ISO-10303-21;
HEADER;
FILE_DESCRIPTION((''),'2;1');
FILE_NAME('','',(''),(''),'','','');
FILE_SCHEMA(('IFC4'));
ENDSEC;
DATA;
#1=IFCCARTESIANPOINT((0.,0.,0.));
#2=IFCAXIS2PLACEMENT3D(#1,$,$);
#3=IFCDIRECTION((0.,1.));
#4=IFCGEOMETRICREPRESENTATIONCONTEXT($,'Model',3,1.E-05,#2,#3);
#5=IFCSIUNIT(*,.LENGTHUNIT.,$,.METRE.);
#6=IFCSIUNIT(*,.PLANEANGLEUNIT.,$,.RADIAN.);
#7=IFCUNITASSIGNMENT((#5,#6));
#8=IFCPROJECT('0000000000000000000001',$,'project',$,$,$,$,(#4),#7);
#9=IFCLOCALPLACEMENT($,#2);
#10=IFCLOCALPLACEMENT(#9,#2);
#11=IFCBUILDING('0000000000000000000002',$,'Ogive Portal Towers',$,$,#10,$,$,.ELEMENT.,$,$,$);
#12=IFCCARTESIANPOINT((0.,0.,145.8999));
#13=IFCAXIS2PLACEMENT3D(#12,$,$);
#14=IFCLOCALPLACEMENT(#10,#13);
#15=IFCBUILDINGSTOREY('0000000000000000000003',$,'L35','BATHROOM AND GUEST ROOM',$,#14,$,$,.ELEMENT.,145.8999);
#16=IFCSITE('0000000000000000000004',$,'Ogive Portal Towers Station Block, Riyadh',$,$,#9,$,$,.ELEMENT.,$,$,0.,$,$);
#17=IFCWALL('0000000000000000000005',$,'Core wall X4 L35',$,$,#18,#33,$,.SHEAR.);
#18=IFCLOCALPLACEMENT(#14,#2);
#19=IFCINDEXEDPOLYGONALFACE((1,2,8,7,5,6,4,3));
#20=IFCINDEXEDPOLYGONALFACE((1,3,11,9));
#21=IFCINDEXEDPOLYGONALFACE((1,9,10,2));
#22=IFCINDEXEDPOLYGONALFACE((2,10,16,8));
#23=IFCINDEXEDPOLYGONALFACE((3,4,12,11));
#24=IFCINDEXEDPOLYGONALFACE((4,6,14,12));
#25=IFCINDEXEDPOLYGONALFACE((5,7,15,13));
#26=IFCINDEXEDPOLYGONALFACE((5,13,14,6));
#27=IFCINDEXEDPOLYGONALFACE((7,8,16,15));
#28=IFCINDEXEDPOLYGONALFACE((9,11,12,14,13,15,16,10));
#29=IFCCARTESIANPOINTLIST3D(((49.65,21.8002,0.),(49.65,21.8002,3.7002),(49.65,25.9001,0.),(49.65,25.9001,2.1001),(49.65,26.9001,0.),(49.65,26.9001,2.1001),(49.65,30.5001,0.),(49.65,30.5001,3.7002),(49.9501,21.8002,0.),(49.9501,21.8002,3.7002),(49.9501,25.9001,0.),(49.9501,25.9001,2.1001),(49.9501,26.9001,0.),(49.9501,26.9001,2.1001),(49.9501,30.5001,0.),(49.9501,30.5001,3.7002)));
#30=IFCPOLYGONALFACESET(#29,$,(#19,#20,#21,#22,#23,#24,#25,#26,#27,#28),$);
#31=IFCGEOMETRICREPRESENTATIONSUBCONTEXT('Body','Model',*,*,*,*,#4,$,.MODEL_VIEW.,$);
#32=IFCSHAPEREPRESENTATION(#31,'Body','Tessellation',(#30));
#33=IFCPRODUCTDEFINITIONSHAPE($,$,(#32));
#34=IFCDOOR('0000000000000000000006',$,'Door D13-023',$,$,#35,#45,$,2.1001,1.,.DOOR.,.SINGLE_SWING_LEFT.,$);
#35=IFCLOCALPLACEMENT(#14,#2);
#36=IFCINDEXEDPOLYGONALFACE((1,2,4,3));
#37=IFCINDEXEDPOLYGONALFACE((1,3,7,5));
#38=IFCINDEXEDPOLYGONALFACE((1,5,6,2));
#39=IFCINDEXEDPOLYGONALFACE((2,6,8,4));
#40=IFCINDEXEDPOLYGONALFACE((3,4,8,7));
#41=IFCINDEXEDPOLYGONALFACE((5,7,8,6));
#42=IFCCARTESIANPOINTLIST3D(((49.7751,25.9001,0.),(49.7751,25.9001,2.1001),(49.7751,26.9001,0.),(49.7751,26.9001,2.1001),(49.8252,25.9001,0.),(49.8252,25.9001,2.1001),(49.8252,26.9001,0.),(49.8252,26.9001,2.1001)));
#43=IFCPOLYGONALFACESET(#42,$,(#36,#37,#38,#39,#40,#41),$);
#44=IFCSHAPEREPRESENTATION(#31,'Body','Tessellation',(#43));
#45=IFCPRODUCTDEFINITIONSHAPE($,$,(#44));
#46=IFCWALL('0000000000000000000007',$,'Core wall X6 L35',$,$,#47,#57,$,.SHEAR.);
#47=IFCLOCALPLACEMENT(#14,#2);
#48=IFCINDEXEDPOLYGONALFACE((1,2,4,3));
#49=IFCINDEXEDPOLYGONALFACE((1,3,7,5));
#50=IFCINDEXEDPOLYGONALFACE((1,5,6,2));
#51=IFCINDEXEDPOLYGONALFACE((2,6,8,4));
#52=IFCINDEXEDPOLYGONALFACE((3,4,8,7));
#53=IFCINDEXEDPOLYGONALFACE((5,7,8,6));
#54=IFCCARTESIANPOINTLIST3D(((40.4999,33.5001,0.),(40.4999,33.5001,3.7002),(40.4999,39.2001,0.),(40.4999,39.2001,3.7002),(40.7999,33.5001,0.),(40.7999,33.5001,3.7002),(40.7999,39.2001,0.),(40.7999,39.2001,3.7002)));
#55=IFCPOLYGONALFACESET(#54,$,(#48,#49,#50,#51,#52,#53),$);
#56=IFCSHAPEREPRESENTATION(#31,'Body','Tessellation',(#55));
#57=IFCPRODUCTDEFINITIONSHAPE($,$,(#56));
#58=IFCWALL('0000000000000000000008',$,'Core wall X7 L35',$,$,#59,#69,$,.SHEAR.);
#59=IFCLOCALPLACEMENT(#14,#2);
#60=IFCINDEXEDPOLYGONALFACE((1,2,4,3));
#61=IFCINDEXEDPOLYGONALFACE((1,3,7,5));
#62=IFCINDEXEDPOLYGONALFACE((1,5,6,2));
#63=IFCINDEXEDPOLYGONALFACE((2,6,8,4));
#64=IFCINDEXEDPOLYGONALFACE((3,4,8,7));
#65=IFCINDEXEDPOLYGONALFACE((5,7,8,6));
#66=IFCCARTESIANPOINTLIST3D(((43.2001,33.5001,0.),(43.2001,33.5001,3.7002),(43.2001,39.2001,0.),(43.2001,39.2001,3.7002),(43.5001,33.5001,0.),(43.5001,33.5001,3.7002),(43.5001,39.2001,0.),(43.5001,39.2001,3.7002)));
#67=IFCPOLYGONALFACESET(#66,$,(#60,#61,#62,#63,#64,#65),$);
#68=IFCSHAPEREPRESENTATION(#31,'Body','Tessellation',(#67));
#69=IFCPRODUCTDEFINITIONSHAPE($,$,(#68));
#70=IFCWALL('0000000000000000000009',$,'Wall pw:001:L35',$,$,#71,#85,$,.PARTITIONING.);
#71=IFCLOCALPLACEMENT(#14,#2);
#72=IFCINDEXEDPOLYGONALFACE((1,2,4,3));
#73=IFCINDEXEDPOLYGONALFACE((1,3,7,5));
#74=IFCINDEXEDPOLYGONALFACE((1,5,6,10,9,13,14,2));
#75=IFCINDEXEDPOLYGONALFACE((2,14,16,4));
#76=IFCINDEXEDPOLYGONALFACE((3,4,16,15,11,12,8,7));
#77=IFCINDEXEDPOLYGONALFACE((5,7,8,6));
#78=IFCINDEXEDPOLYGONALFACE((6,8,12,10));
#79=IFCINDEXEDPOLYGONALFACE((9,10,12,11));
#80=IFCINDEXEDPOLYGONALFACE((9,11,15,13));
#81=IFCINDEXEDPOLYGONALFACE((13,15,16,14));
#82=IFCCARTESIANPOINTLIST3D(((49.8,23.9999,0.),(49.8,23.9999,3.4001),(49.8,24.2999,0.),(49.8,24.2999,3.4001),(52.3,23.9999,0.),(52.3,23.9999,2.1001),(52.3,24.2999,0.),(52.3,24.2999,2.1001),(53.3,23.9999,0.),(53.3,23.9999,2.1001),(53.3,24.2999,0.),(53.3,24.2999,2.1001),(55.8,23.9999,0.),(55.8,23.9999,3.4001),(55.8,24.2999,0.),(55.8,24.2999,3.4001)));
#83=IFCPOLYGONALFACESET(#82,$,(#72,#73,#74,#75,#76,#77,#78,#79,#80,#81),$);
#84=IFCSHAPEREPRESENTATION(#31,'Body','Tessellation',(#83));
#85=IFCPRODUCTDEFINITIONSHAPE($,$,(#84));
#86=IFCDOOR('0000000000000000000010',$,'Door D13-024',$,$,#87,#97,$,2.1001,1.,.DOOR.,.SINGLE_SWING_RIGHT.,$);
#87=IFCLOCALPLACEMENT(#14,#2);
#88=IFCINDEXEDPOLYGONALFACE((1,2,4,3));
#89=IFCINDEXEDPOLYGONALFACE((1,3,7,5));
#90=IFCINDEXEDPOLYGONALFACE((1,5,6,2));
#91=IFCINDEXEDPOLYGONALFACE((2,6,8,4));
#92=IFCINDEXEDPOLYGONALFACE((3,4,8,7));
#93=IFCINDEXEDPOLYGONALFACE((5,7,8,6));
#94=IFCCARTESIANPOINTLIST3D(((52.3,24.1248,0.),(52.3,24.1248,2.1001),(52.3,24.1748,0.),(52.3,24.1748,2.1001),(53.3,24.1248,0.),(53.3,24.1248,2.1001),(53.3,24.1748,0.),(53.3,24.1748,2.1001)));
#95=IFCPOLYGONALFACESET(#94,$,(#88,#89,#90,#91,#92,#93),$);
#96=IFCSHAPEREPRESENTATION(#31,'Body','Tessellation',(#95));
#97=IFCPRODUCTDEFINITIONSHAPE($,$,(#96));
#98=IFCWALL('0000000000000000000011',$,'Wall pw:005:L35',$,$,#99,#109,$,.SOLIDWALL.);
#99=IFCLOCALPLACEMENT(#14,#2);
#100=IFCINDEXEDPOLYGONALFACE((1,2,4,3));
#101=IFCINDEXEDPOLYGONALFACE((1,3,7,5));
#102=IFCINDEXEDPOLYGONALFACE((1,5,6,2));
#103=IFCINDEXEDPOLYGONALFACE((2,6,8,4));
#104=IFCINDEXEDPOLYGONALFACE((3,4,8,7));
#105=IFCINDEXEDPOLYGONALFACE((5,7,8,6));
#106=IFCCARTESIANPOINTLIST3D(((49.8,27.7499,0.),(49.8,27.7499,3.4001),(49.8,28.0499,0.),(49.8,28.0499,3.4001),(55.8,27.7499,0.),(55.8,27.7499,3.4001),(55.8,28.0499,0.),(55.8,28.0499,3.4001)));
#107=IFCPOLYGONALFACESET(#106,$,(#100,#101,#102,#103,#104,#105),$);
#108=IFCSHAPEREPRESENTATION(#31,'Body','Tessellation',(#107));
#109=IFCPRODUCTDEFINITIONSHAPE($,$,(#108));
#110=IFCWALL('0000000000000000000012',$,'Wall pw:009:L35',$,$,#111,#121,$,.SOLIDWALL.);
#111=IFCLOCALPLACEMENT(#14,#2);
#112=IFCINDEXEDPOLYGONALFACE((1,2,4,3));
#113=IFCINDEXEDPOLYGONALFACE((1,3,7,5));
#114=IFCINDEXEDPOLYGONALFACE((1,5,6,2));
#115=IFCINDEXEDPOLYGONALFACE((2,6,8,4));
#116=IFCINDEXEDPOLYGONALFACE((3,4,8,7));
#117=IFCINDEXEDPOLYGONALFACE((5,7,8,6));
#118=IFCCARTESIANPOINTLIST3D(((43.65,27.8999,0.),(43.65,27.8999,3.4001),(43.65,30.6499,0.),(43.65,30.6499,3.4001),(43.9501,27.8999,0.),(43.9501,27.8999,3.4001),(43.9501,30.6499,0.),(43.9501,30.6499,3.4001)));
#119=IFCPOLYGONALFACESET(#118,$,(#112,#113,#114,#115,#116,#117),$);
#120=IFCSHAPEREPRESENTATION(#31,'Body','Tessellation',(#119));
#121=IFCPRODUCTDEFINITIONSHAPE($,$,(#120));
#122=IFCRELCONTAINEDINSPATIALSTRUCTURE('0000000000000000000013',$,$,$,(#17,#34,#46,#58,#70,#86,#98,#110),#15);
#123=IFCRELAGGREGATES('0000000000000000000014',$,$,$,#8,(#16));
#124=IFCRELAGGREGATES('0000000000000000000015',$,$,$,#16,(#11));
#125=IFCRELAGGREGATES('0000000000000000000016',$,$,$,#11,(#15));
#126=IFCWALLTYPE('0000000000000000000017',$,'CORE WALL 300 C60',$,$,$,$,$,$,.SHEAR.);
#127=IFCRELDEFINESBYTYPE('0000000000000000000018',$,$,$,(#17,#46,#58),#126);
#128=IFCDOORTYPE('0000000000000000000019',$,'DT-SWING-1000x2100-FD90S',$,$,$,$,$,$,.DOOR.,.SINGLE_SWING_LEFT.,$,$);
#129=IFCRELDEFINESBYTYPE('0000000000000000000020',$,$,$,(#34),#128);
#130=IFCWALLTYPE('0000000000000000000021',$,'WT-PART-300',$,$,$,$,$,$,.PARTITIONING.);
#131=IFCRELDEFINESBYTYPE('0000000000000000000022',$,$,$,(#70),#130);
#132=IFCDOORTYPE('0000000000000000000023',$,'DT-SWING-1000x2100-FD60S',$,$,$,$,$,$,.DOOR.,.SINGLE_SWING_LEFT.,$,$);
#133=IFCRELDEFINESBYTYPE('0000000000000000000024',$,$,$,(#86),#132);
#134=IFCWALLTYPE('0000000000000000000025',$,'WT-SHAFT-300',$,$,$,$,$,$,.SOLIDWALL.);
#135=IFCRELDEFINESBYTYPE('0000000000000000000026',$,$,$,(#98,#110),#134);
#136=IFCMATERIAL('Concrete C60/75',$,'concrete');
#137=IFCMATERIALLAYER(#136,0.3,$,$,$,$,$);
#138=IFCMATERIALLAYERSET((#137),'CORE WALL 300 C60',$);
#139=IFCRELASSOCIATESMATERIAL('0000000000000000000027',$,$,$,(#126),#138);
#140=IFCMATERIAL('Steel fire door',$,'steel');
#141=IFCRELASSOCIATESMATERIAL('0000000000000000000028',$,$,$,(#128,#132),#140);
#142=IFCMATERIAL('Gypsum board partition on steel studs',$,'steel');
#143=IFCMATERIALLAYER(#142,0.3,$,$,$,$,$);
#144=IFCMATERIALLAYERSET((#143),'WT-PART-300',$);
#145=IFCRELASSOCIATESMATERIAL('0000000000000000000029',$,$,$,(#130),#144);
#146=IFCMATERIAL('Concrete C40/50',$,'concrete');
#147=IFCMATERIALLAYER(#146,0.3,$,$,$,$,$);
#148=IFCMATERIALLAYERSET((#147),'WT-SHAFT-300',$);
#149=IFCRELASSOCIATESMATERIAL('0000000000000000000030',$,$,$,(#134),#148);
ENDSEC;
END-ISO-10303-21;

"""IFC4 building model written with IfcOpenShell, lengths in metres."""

from ifc_helpers import new_model, si_unit, direction, frame, frame_2d, origin, place, context, subcontext, project, spatial, rectangle, extrude, material, layer, layer_set, type_object, element, fill, save


model = new_model("IFC4")

# Units and contexts
model_context = context("Model", 3, precision=1e-05, world=origin(), true_north=direction((0.0, 1.0)))
body_context = subcontext(model_context, "Body", "Model", "MODEL_VIEW")
ifc_project = project(units=[si_unit("LENGTHUNIT", "METRE"), si_unit("PLANEANGLEUNIT", "RADIAN")], contexts=[model_context])

# Site, building, storey
site_placement = place(None, origin())
site = spatial("IfcSite", under=ifc_project, at=site_placement, Name="Ogive Portal Towers Station Block, Riyadh", CompositionType="ELEMENT", RefElevation=0.0)
building_placement = place(site_placement, origin())
building = spatial("IfcBuilding", under=site, at=building_placement, Name="Ogive Portal Towers", CompositionType="ELEMENT")
storey_placement = place(building_placement, frame((0.0, 0.0, 145.8999)))
storey = spatial("IfcBuildingStorey", under=building, at=storey_placement, Name="L35", Description="BATHROOM AND GUEST ROOM", CompositionType="ELEMENT", Elevation=145.8999)

# Wall, opening, door
ifc_material_1 = material(Name="Concrete C60/75", Category="concrete")
ifc_layer_1 = layer(ifc_material_1, 0.3)
ifc_layer_set_1 = layer_set([ifc_layer_1], Name="CORE WALL 300 C60")
wall_type_1 = type_object("IfcWallType", Name="CORE WALL 300 C60", PredefinedType="SHEAR", material=ifc_layer_set_1)
wall_1_placement = place(storey_placement, frame((49.8, 21.8, 0.0), z_axis=(0.0, 0.0, 1.0), x_axis=(0.0, 1.0, 0.0)))
wall_1 = element("IfcWall", 1, at=wall_1_placement, inside=storey, type_object=wall_type_1, Name="Core wall X4 L35", PredefinedType="SHEAR", context=body_context, shape_type="SweptSolid", body=[
    extrude(rectangle(XDim=8.7, YDim=0.3, at=frame_2d((4.3501, 0.0))), origin(), (0.0, 0.0, 1.0), 3.7002),
])
opening_1_placement = place(wall_1_placement, frame((4.1001, 0.0, 0.0)))
opening_1 = element("IfcOpeningElement", 2, at=opening_1_placement, cuts=wall_1, PredefinedType="OPENING", context=body_context, shape_type="SweptSolid", body=[
    extrude(rectangle(XDim=1.0, YDim=2.1001, at=frame_2d((0.5, 1.05))), frame((0.0, 0.1602, 0.0), z_axis=(0.0, -1.0, 0.0), x_axis=(1.0, 0.0, 0.0)), (0.0, 0.0, 1.0), 0.3201),
])
ifc_material_2 = material(Name="Steel fire door", Category="steel")
door_type_1 = type_object("IfcDoorType", Name="DT-SWING-1000x2100-FD90S", OperationType="SINGLE_SWING_LEFT", PredefinedType="DOOR", material=ifc_material_2)
door_1_placement = place(opening_1_placement, origin())
door_1 = element("IfcDoor", 3, at=door_1_placement, inside=storey, type_object=door_type_1, Name="Door D13-023", OperationType="SINGLE_SWING_LEFT", OverallHeight=2.1001, OverallWidth=1.0, PredefinedType="DOOR", context=body_context, shape_type="SweptSolid", body=[
    extrude(rectangle(XDim=1.0, YDim=2.1001, at=frame_2d((0.5, 1.05))), frame((0.0, 0.0249, 0.0), z_axis=(0.0, -1.0, 0.0), x_axis=(1.0, 0.0, 0.0)), (0.0, 0.0, 1.0), 0.05),
])
fill(opening_1, door_1)

# Walls
for number, where, z_axis, x_axis, name in (
    (4, (40.6499, 33.5, 0.0), (0.0, 0.0, 1.0), (0.0, 1.0, 0.0), "Core wall X6 L35"),
    (5, (43.3501, 33.5, 0.0), (0.0, 0.0, 1.0), (0.0, 1.0, 0.0), "Core wall X7 L35"),
):
    element("IfcWall", number, at=place(storey_placement, frame(where, z_axis=z_axis, x_axis=x_axis)), inside=storey, type_object=wall_type_1, Name=name, PredefinedType="SHEAR", context=body_context, shape_type="SweptSolid", body=[
        extrude(rectangle(XDim=5.7, YDim=0.3, at=frame_2d((2.8501, 0.0))), origin(), (0.0, 0.0, 1.0), 3.7002),
    ])

# Wall, opening, door
ifc_material_3 = material(Name="Gypsum board partition on steel studs", Category="steel")
ifc_layer_2 = layer(ifc_material_3, 0.3)
ifc_layer_set_2 = layer_set([ifc_layer_2], Name="WT-PART-300")
wall_type_2 = type_object("IfcWallType", Name="WT-PART-300", PredefinedType="PARTITIONING", material=ifc_layer_set_2)
wall_2_placement = place(storey_placement, frame((49.8, 24.1499, 0.0), z_axis=(0.0, 0.0, 1.0), x_axis=(1.0, 0.0, 0.0)))
wall_2 = element("IfcWall", 6, at=wall_2_placement, inside=storey, type_object=wall_type_2, Name="Wall pw:001:L35", PredefinedType="PARTITIONING", context=body_context, shape_type="SweptSolid", body=[
    extrude(rectangle(XDim=6.0, YDim=0.3, at=frame_2d((3.0, 0.0))), origin(), (0.0, 0.0, 1.0), 3.4001),
])
opening_2_placement = place(wall_2_placement, frame((2.5, 0.0, 0.0)))
opening_2 = element("IfcOpeningElement", 7, at=opening_2_placement, cuts=wall_2, PredefinedType="OPENING", context=body_context, shape_type="SweptSolid", body=[
    extrude(rectangle(XDim=1.0, YDim=2.1001, at=frame_2d((0.5, 1.05))), frame((0.0, 0.1602, 0.0), z_axis=(0.0, -1.0, 0.0), x_axis=(1.0, 0.0, 0.0)), (0.0, 0.0, 1.0), 0.3201),
])
door_type_2 = type_object("IfcDoorType", Name="DT-SWING-1000x2100-FD60S", OperationType="SINGLE_SWING_LEFT", PredefinedType="DOOR", material=ifc_material_2)
door_2_placement = place(opening_2_placement, origin())
door_2 = element("IfcDoor", 8, at=door_2_placement, inside=storey, type_object=door_type_2, Name="Door D13-024", OperationType="SINGLE_SWING_RIGHT", OverallHeight=2.1001, OverallWidth=1.0, PredefinedType="DOOR", context=body_context, shape_type="SweptSolid", body=[
    extrude(rectangle(XDim=1.0, YDim=2.1001, at=frame_2d((0.5, 1.05))), frame((0.0, 0.0249, 0.0), z_axis=(0.0, -1.0, 0.0), x_axis=(1.0, 0.0, 0.0)), (0.0, 0.0, 1.0), 0.05),
])
fill(opening_2, door_2)

# Shared definitions
ifc_material_4 = material(Name="Concrete C40/50", Category="concrete")
ifc_layer_3 = layer(ifc_material_4, 0.3)
ifc_layer_set_3 = layer_set([ifc_layer_3], Name="WT-SHAFT-300")
wall_type_3 = type_object("IfcWallType", Name="WT-SHAFT-300", PredefinedType="SOLIDWALL", material=ifc_layer_set_3)

# Walls
wall_3_placement = place(storey_placement, frame((49.8, 27.8999, 0.0), z_axis=(0.0, 0.0, 1.0), x_axis=(1.0, 0.0, 0.0)))
element("IfcWall", 9, at=wall_3_placement, inside=storey, type_object=wall_type_3, Name="Wall pw:005:L35", PredefinedType="SOLIDWALL", context=body_context, shape_type="SweptSolid", body=[
    extrude(rectangle(XDim=6.0, YDim=0.3, at=frame_2d((3.0, 0.0))), origin(), (0.0, 0.0, 1.0), 3.4001),
])
wall_4_placement = place(storey_placement, frame((43.8, 27.8999, 0.0), z_axis=(0.0, 0.0, 1.0), x_axis=(0.0, 1.0, 0.0)))
element("IfcWall", 10, at=wall_4_placement, inside=storey, type_object=wall_type_3, Name="Wall pw:009:L35", PredefinedType="SOLIDWALL", context=body_context, shape_type="SweptSolid", body=[
    extrude(rectangle(XDim=2.75, YDim=0.3, at=frame_2d((1.375, 0.0))), origin(), (0.0, 0.0, 1.0), 3.4001),
])

save(model, "model.ifc")
